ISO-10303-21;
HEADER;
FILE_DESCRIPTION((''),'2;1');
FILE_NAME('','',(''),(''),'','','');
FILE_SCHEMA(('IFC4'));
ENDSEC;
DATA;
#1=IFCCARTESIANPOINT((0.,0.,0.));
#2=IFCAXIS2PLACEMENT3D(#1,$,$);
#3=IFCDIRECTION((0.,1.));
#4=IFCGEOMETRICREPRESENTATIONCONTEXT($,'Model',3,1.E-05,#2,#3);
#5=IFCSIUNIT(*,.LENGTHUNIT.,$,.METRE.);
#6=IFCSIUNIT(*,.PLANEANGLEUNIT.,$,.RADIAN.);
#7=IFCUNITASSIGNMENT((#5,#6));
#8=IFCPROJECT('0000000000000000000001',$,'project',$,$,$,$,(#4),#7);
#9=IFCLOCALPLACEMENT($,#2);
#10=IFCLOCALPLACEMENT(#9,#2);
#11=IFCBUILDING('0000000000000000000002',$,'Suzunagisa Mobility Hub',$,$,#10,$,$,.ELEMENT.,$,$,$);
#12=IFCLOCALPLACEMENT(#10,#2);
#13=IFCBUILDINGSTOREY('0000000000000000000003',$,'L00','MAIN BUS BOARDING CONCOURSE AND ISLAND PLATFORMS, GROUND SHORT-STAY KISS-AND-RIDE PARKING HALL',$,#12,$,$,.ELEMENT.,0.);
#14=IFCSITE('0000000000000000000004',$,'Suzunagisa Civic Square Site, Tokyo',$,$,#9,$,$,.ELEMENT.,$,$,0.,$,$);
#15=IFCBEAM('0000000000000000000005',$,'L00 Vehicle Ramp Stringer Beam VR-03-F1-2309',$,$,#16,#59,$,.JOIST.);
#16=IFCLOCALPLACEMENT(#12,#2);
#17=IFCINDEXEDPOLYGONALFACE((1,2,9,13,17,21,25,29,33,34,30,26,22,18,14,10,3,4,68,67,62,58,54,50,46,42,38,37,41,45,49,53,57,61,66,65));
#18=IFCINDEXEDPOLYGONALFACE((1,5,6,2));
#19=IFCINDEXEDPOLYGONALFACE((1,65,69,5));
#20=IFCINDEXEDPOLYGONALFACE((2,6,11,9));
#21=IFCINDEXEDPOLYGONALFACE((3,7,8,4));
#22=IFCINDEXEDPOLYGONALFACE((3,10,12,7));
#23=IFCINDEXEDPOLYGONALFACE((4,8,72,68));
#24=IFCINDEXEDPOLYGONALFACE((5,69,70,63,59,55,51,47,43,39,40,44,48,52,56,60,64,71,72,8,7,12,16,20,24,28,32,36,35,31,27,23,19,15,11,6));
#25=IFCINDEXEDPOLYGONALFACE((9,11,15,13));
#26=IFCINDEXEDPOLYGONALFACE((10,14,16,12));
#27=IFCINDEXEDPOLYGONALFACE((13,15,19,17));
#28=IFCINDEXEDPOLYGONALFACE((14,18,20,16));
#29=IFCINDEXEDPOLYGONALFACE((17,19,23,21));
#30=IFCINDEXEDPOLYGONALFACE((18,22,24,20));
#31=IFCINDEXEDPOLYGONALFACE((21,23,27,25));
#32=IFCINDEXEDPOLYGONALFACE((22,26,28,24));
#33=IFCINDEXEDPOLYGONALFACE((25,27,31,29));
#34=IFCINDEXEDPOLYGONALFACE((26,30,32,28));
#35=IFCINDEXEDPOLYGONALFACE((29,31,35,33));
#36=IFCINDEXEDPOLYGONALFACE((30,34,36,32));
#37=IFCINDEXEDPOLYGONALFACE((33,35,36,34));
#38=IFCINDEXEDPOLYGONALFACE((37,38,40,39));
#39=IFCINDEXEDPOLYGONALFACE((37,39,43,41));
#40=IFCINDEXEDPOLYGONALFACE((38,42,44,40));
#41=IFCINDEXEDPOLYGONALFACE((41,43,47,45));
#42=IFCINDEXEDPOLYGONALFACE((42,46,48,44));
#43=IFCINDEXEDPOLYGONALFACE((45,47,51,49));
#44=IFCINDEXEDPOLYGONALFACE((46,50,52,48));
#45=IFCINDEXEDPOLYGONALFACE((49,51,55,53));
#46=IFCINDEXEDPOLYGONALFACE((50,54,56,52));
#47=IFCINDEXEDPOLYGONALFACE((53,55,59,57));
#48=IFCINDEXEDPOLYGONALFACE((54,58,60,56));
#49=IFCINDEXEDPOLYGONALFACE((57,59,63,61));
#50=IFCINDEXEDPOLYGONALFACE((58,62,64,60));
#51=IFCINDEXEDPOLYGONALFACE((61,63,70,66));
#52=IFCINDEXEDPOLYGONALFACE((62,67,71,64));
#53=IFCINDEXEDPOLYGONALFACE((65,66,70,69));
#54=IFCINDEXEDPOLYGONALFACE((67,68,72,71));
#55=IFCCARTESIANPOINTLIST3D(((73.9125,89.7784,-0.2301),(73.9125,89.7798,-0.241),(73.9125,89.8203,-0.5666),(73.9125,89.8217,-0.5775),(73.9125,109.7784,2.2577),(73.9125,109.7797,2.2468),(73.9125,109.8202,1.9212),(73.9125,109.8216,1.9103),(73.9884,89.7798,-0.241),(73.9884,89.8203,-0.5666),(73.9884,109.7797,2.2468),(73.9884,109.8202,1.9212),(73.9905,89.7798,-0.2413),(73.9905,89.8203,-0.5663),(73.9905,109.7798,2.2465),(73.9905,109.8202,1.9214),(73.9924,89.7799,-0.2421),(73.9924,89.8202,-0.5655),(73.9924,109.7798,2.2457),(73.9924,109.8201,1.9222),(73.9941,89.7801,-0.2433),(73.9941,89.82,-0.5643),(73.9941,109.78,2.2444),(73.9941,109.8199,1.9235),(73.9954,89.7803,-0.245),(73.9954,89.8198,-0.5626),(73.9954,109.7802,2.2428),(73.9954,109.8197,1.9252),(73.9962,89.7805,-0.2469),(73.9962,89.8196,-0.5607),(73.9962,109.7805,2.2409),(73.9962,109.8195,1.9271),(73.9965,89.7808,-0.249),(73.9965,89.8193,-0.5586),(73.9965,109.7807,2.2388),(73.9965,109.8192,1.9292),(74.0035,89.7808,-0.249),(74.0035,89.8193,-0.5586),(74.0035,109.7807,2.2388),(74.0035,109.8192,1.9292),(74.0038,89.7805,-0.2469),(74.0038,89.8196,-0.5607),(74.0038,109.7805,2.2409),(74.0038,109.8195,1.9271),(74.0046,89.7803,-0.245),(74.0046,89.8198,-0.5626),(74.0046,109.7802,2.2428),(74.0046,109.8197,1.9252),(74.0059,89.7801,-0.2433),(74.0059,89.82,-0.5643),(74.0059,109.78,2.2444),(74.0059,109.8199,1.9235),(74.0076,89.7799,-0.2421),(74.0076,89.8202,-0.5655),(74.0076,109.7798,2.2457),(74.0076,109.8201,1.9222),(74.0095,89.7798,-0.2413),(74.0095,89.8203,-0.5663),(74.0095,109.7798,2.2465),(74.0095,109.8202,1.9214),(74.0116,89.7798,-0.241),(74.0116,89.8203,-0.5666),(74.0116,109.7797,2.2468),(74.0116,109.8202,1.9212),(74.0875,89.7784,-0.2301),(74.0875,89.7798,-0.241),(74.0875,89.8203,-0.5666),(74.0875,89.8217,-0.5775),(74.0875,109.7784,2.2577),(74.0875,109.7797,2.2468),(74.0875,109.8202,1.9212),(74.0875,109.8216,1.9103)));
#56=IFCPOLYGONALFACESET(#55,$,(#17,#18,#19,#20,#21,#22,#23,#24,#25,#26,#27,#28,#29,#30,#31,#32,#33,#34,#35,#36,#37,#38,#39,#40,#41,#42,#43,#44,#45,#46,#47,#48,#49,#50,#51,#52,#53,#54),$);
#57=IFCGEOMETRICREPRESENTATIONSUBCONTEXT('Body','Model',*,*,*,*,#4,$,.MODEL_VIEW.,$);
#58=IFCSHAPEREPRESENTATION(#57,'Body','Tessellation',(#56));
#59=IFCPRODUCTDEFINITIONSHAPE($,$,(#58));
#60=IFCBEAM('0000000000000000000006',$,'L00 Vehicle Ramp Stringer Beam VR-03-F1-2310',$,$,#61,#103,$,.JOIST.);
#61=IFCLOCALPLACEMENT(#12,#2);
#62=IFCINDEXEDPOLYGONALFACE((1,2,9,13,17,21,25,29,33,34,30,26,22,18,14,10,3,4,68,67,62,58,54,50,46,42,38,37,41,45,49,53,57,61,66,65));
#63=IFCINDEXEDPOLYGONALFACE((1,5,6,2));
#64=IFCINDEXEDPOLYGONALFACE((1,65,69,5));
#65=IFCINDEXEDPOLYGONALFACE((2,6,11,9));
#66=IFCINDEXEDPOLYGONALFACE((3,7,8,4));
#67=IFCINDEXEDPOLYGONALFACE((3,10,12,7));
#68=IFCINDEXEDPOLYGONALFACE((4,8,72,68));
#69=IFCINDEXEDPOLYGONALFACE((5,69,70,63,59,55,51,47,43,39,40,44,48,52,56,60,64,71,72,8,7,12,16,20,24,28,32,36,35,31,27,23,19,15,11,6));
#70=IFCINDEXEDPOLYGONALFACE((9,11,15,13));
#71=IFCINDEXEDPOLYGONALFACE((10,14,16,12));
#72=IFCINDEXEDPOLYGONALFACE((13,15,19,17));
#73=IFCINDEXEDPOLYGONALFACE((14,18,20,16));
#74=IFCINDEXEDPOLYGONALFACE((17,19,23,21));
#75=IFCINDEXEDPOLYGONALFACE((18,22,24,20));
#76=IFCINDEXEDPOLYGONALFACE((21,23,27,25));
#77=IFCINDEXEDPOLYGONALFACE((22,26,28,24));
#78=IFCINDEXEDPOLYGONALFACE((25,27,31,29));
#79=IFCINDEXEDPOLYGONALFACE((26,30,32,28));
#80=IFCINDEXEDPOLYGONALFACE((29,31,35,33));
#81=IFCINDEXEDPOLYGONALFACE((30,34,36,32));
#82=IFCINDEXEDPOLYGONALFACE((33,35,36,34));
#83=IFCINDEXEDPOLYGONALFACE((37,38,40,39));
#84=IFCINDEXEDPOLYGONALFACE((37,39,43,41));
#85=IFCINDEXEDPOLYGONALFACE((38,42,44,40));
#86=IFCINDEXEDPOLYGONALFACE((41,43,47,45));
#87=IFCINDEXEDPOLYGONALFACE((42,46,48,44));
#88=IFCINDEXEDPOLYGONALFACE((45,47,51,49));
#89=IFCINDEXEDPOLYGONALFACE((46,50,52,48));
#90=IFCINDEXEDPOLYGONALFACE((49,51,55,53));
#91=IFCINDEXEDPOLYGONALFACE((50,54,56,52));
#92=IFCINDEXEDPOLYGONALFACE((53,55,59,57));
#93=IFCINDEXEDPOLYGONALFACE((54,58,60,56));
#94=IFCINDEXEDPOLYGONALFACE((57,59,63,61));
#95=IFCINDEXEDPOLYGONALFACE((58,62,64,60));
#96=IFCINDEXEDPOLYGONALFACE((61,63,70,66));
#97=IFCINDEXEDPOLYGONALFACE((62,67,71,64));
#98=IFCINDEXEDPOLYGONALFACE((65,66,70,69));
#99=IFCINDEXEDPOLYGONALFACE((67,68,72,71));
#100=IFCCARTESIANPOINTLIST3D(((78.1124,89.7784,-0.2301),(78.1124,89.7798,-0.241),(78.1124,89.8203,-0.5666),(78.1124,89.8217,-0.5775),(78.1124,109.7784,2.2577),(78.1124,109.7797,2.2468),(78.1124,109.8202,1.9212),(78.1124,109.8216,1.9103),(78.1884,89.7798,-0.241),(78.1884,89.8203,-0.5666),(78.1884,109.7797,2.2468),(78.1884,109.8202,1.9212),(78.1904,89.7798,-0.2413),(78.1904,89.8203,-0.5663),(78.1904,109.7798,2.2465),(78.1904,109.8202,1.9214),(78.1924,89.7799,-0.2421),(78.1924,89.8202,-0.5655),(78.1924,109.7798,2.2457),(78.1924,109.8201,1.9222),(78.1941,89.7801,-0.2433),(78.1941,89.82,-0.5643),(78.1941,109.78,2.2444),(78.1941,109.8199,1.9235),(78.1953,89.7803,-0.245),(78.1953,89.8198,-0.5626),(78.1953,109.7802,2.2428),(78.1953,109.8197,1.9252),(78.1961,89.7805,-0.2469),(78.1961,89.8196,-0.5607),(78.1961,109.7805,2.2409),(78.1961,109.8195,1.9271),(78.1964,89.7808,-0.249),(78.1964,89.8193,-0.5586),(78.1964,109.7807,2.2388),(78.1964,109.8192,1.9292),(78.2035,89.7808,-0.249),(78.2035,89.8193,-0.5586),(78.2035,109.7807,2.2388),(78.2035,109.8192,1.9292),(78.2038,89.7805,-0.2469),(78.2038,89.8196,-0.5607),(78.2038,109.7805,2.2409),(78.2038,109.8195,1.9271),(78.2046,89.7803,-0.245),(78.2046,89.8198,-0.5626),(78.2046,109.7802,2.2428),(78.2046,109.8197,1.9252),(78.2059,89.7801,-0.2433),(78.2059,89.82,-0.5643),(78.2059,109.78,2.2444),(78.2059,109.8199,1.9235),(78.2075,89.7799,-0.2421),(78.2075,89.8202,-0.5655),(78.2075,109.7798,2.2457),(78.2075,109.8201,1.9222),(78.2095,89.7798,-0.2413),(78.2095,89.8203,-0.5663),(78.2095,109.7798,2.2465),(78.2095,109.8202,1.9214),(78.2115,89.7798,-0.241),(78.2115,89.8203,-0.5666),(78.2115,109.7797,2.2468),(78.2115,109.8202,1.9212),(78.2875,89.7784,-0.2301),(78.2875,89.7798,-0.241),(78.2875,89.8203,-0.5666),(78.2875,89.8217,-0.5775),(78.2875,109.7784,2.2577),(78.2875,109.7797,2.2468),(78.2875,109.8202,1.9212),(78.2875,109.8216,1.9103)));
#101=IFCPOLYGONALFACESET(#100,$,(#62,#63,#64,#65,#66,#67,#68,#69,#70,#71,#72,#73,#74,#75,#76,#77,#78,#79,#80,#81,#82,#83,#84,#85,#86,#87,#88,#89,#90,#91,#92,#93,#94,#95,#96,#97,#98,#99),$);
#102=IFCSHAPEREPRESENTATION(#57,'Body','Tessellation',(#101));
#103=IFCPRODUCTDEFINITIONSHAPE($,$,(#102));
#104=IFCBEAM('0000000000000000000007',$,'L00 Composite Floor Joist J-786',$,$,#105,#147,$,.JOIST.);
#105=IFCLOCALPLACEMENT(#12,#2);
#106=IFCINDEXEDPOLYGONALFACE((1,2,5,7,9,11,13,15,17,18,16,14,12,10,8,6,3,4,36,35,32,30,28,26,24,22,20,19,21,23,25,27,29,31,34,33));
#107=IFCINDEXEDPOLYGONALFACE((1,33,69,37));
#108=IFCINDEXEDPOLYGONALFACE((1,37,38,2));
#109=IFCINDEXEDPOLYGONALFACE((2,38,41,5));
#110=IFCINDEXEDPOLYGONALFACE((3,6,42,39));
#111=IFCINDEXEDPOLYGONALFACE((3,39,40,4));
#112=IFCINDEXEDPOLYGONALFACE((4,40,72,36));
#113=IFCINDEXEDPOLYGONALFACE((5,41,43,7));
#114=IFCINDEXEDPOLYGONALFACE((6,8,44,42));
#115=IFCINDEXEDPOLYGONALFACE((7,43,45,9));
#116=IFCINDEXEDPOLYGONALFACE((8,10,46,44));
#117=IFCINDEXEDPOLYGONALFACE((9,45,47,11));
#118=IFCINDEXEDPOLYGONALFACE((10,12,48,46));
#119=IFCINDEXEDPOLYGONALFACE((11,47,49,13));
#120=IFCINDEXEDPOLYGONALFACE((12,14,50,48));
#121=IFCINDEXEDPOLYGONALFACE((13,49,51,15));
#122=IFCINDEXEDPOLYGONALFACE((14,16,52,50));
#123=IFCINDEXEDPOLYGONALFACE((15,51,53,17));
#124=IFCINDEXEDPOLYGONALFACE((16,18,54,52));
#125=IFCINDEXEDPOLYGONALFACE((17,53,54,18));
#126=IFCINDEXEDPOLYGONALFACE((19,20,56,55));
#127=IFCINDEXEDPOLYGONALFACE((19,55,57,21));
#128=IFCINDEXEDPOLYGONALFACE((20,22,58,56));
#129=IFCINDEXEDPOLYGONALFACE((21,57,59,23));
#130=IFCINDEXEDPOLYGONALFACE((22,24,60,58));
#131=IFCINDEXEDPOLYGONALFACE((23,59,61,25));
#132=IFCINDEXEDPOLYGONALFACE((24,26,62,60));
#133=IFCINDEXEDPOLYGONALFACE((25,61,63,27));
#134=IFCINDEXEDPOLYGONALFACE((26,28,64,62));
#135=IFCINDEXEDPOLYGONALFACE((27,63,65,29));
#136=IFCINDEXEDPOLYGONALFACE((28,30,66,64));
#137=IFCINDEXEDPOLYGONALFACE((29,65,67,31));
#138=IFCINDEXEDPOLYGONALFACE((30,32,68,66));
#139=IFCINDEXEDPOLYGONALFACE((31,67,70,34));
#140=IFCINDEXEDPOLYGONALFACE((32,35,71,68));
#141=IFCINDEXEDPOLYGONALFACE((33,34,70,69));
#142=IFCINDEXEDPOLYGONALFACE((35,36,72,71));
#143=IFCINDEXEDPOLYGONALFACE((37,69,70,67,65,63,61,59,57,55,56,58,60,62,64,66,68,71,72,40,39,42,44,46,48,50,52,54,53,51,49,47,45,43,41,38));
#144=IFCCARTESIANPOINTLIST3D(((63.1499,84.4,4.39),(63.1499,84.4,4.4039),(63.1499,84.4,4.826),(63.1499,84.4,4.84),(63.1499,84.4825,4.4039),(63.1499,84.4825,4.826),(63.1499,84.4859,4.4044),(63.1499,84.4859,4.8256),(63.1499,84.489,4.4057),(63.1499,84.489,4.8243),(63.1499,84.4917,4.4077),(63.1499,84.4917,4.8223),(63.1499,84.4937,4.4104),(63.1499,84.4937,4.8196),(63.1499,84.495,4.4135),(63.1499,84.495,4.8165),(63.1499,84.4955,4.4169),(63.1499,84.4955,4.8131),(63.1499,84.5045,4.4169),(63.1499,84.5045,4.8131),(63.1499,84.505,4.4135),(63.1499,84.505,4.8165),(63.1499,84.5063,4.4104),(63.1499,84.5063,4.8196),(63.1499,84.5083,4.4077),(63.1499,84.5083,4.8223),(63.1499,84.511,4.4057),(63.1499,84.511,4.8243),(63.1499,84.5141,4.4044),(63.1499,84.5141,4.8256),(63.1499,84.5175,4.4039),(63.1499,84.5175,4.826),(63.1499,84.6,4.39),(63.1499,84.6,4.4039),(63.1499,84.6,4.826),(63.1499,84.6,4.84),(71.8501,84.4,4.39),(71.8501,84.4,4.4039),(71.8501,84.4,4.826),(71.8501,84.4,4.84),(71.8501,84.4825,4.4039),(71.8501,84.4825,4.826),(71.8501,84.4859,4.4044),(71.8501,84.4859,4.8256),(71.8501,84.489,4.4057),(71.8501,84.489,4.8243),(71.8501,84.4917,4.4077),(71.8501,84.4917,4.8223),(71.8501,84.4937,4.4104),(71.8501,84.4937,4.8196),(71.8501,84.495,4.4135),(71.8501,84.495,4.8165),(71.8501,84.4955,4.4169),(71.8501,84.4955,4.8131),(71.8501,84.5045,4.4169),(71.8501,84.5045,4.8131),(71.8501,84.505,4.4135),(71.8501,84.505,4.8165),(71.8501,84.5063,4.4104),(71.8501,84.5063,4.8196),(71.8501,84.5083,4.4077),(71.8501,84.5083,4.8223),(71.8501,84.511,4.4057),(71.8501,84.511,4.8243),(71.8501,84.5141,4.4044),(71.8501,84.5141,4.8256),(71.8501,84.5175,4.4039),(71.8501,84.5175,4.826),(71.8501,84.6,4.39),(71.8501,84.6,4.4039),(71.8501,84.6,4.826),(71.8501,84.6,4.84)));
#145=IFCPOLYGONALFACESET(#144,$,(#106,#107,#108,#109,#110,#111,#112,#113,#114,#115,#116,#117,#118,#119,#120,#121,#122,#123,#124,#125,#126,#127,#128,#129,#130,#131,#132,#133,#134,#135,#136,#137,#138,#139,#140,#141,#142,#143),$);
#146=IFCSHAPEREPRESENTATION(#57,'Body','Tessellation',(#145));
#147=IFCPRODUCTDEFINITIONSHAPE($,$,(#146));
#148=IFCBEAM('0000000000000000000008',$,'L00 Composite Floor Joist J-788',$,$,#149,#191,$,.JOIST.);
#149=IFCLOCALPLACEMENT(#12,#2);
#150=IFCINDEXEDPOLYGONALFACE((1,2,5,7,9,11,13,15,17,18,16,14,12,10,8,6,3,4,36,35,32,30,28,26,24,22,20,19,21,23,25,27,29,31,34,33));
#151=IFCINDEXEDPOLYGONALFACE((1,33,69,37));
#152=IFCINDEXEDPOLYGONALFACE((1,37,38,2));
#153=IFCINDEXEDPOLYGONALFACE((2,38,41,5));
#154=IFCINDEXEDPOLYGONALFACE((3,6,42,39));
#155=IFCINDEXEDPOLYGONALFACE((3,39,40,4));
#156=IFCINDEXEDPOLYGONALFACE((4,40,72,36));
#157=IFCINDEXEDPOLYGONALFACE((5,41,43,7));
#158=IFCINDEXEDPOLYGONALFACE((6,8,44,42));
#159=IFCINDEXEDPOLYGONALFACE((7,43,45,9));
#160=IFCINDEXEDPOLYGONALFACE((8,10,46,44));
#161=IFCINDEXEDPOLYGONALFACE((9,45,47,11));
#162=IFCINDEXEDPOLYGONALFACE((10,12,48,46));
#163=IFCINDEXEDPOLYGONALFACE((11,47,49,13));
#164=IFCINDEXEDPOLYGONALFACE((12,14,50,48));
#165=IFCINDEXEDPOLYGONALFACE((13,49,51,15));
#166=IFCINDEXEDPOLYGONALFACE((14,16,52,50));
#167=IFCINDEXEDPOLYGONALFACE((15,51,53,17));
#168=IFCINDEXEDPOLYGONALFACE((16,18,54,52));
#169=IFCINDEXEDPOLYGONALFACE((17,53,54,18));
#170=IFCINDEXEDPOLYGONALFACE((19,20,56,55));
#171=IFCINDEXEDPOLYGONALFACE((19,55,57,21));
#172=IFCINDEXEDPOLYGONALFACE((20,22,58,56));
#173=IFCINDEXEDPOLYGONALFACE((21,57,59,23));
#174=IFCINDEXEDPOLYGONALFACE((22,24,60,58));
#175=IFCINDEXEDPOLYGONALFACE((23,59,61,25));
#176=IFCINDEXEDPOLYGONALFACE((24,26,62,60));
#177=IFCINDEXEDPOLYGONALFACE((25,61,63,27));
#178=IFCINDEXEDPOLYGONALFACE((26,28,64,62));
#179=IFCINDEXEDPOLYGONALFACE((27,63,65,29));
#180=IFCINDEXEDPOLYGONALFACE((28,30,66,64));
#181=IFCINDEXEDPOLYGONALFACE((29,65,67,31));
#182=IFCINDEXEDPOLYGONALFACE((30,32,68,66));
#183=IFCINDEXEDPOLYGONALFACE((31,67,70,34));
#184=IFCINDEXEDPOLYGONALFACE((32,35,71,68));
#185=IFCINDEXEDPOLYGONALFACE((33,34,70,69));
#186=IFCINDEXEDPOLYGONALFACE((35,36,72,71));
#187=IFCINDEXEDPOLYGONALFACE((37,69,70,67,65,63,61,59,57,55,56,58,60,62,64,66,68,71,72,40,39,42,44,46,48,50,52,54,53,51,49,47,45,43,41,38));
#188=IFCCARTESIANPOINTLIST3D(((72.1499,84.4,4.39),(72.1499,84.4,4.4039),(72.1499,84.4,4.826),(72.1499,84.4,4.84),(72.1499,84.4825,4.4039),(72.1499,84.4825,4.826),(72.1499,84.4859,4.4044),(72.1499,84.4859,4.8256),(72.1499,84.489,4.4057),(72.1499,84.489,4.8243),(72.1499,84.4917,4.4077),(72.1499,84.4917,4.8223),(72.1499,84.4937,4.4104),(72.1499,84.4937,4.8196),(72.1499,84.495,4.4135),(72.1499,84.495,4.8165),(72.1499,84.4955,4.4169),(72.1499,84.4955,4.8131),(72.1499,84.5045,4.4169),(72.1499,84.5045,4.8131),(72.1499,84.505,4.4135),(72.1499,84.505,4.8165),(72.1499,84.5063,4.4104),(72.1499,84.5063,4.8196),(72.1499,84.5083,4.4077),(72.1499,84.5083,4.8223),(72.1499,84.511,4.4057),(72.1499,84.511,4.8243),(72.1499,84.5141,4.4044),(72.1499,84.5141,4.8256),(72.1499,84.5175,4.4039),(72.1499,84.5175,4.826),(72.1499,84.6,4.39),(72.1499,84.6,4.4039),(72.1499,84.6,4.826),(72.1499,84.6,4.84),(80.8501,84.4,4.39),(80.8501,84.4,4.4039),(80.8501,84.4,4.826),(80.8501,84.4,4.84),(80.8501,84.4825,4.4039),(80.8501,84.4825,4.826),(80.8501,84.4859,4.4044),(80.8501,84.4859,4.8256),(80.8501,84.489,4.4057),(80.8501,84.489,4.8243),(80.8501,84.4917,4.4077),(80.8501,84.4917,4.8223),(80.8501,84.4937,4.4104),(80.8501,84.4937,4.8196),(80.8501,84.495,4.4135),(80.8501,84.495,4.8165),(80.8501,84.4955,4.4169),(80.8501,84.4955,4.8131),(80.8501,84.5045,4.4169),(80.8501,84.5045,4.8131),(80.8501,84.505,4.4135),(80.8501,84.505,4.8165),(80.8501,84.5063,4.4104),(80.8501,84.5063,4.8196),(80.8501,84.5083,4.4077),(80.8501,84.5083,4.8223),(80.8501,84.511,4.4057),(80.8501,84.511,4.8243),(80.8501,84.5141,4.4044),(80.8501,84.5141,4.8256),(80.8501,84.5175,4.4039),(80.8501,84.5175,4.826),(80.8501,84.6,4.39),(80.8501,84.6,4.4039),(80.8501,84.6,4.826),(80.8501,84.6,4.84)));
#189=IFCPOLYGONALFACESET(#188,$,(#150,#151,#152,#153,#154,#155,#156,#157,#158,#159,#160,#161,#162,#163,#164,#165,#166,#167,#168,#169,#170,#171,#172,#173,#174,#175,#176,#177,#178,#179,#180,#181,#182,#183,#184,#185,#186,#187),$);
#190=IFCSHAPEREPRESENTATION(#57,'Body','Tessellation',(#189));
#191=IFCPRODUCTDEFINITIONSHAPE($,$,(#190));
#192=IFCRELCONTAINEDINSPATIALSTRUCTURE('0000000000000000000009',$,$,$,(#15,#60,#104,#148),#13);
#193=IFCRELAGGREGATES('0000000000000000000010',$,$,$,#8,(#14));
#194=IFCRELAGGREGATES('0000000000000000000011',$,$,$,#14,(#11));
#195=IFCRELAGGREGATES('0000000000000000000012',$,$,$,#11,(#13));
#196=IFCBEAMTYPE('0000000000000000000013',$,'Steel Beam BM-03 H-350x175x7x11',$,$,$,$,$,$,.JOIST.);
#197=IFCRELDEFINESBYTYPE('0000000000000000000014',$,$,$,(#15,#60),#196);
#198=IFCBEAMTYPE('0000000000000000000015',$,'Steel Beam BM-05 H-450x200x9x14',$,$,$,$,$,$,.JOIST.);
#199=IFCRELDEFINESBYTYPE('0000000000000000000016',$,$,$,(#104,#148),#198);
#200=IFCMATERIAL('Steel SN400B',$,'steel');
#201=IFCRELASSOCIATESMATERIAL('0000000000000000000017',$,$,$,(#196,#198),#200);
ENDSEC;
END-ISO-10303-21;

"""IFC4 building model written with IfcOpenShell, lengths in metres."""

from ifc_helpers import new_model, si_unit, direction, frame, origin, origin_2d, place, context, subcontext, project, spatial, i_section, extrude, material, material_profile, profile_set, type_object, element, save


model = new_model("IFC4")

# Units and contexts
model_context = context("Model", 3, precision=1e-05, world=origin(), true_north=direction((0.0, 1.0)))
body_context = subcontext(model_context, "Body", "Model", "MODEL_VIEW")
ifc_project = project(units=[si_unit("LENGTHUNIT", "METRE"), si_unit("PLANEANGLEUNIT", "RADIAN")], contexts=[model_context])

# Site, building, storey
site_placement = place(None, origin())
site = spatial("IfcSite", under=ifc_project, at=site_placement, Name="Suzunagisa Civic Square Site, Tokyo", CompositionType="ELEMENT", RefElevation=0.0)
building_placement = place(site_placement, origin())
building = spatial("IfcBuilding", under=site, at=building_placement, Name="Suzunagisa Mobility Hub", CompositionType="ELEMENT")
storey_placement = place(building_placement, origin())
storey = spatial("IfcBuildingStorey", under=building, at=storey_placement, Name="L00", Description="MAIN BUS BOARDING CONCOURSE AND ISLAND PLATFORMS, GROUND SHORT-STAY KISS-AND-RIDE PARKING HALL", CompositionType="ELEMENT", Elevation=0.0)

# Beams
ifc_material_1 = material(Name="Steel SN400B", Category="steel")
ifc_material_profile_1 = material_profile(ifc_material_1, i_section(OverallWidth=0.175, OverallDepth=0.3501, WebThickness=0.0071, FlangeThickness=0.011, FilletRadius=0.0081, at=origin_2d()), Name="H-350x175x7x11")
ifc_profile_set_1 = profile_set([ifc_material_profile_1], Name="Steel SN400B")
beam_type_1 = type_object("IfcBeamType", Name="Steel Beam BM-03 H-350x175x7x11", PredefinedType="JOIST", material=ifc_profile_set_1)
for number, where, z_axis, x_axis, name in (
    (1, (74.0, 89.8, -0.4038), (0.0, 0.992352, 0.123438), (-1.0, 0.0, 0.0), "L00 Vehicle Ramp Stringer Beam VR-03-F1-2309"),
    (2, (78.2, 89.8, -0.4038), (0.0, 0.992352, 0.123438), (-1.0, 0.0, 0.0), "L00 Vehicle Ramp Stringer Beam VR-03-F1-2310"),
):
    element("IfcBeam", number, at=place(storey_placement, frame(where, z_axis=z_axis, x_axis=x_axis)), inside=storey, type_object=beam_type_1, Name=name, PredefinedType="JOIST", context=body_context, shape_type="SweptSolid", body=[
        extrude(i_section(OverallWidth=0.175, OverallDepth=0.3501, WebThickness=0.0071, FlangeThickness=0.011, FilletRadius=0.0081, at=origin_2d()), origin(), (0.0, 0.0, 1.0), 20.1541),
    ])
ifc_material_profile_2 = material_profile(ifc_material_1, i_section(OverallWidth=0.2, OverallDepth=0.45, WebThickness=0.009, FlangeThickness=0.0139, FilletRadius=0.0129, at=origin_2d()), Name="H-450x200x9x14")
ifc_profile_set_2 = profile_set([ifc_material_profile_2], Name="Steel SN400B")
beam_type_2 = type_object("IfcBeamType", Name="Steel Beam BM-05 H-450x200x9x14", PredefinedType="JOIST", material=ifc_profile_set_2)
for number, where, z_axis, x_axis, name in (
    (3, (63.1499, 84.5, 4.615), (1.0, 0.0, 0.0), (0.0, 1.0, 0.0), "L00 Composite Floor Joist J-786"),
    (4, (72.1499, 84.5, 4.615), (1.0, 0.0, 0.0), (0.0, 1.0, 0.0), "L00 Composite Floor Joist J-788"),
):
    element("IfcBeam", number, at=place(storey_placement, frame(where, z_axis=z_axis, x_axis=x_axis)), inside=storey, type_object=beam_type_2, Name=name, PredefinedType="JOIST", context=body_context, shape_type="SweptSolid", body=[
        extrude(i_section(OverallWidth=0.2, OverallDepth=0.45, WebThickness=0.009, FlangeThickness=0.0139, FilletRadius=0.0129, at=origin_2d()), origin(), (0.0, 0.0, 1.0), 8.7002),
    ])

save(model, "model.ifc")
